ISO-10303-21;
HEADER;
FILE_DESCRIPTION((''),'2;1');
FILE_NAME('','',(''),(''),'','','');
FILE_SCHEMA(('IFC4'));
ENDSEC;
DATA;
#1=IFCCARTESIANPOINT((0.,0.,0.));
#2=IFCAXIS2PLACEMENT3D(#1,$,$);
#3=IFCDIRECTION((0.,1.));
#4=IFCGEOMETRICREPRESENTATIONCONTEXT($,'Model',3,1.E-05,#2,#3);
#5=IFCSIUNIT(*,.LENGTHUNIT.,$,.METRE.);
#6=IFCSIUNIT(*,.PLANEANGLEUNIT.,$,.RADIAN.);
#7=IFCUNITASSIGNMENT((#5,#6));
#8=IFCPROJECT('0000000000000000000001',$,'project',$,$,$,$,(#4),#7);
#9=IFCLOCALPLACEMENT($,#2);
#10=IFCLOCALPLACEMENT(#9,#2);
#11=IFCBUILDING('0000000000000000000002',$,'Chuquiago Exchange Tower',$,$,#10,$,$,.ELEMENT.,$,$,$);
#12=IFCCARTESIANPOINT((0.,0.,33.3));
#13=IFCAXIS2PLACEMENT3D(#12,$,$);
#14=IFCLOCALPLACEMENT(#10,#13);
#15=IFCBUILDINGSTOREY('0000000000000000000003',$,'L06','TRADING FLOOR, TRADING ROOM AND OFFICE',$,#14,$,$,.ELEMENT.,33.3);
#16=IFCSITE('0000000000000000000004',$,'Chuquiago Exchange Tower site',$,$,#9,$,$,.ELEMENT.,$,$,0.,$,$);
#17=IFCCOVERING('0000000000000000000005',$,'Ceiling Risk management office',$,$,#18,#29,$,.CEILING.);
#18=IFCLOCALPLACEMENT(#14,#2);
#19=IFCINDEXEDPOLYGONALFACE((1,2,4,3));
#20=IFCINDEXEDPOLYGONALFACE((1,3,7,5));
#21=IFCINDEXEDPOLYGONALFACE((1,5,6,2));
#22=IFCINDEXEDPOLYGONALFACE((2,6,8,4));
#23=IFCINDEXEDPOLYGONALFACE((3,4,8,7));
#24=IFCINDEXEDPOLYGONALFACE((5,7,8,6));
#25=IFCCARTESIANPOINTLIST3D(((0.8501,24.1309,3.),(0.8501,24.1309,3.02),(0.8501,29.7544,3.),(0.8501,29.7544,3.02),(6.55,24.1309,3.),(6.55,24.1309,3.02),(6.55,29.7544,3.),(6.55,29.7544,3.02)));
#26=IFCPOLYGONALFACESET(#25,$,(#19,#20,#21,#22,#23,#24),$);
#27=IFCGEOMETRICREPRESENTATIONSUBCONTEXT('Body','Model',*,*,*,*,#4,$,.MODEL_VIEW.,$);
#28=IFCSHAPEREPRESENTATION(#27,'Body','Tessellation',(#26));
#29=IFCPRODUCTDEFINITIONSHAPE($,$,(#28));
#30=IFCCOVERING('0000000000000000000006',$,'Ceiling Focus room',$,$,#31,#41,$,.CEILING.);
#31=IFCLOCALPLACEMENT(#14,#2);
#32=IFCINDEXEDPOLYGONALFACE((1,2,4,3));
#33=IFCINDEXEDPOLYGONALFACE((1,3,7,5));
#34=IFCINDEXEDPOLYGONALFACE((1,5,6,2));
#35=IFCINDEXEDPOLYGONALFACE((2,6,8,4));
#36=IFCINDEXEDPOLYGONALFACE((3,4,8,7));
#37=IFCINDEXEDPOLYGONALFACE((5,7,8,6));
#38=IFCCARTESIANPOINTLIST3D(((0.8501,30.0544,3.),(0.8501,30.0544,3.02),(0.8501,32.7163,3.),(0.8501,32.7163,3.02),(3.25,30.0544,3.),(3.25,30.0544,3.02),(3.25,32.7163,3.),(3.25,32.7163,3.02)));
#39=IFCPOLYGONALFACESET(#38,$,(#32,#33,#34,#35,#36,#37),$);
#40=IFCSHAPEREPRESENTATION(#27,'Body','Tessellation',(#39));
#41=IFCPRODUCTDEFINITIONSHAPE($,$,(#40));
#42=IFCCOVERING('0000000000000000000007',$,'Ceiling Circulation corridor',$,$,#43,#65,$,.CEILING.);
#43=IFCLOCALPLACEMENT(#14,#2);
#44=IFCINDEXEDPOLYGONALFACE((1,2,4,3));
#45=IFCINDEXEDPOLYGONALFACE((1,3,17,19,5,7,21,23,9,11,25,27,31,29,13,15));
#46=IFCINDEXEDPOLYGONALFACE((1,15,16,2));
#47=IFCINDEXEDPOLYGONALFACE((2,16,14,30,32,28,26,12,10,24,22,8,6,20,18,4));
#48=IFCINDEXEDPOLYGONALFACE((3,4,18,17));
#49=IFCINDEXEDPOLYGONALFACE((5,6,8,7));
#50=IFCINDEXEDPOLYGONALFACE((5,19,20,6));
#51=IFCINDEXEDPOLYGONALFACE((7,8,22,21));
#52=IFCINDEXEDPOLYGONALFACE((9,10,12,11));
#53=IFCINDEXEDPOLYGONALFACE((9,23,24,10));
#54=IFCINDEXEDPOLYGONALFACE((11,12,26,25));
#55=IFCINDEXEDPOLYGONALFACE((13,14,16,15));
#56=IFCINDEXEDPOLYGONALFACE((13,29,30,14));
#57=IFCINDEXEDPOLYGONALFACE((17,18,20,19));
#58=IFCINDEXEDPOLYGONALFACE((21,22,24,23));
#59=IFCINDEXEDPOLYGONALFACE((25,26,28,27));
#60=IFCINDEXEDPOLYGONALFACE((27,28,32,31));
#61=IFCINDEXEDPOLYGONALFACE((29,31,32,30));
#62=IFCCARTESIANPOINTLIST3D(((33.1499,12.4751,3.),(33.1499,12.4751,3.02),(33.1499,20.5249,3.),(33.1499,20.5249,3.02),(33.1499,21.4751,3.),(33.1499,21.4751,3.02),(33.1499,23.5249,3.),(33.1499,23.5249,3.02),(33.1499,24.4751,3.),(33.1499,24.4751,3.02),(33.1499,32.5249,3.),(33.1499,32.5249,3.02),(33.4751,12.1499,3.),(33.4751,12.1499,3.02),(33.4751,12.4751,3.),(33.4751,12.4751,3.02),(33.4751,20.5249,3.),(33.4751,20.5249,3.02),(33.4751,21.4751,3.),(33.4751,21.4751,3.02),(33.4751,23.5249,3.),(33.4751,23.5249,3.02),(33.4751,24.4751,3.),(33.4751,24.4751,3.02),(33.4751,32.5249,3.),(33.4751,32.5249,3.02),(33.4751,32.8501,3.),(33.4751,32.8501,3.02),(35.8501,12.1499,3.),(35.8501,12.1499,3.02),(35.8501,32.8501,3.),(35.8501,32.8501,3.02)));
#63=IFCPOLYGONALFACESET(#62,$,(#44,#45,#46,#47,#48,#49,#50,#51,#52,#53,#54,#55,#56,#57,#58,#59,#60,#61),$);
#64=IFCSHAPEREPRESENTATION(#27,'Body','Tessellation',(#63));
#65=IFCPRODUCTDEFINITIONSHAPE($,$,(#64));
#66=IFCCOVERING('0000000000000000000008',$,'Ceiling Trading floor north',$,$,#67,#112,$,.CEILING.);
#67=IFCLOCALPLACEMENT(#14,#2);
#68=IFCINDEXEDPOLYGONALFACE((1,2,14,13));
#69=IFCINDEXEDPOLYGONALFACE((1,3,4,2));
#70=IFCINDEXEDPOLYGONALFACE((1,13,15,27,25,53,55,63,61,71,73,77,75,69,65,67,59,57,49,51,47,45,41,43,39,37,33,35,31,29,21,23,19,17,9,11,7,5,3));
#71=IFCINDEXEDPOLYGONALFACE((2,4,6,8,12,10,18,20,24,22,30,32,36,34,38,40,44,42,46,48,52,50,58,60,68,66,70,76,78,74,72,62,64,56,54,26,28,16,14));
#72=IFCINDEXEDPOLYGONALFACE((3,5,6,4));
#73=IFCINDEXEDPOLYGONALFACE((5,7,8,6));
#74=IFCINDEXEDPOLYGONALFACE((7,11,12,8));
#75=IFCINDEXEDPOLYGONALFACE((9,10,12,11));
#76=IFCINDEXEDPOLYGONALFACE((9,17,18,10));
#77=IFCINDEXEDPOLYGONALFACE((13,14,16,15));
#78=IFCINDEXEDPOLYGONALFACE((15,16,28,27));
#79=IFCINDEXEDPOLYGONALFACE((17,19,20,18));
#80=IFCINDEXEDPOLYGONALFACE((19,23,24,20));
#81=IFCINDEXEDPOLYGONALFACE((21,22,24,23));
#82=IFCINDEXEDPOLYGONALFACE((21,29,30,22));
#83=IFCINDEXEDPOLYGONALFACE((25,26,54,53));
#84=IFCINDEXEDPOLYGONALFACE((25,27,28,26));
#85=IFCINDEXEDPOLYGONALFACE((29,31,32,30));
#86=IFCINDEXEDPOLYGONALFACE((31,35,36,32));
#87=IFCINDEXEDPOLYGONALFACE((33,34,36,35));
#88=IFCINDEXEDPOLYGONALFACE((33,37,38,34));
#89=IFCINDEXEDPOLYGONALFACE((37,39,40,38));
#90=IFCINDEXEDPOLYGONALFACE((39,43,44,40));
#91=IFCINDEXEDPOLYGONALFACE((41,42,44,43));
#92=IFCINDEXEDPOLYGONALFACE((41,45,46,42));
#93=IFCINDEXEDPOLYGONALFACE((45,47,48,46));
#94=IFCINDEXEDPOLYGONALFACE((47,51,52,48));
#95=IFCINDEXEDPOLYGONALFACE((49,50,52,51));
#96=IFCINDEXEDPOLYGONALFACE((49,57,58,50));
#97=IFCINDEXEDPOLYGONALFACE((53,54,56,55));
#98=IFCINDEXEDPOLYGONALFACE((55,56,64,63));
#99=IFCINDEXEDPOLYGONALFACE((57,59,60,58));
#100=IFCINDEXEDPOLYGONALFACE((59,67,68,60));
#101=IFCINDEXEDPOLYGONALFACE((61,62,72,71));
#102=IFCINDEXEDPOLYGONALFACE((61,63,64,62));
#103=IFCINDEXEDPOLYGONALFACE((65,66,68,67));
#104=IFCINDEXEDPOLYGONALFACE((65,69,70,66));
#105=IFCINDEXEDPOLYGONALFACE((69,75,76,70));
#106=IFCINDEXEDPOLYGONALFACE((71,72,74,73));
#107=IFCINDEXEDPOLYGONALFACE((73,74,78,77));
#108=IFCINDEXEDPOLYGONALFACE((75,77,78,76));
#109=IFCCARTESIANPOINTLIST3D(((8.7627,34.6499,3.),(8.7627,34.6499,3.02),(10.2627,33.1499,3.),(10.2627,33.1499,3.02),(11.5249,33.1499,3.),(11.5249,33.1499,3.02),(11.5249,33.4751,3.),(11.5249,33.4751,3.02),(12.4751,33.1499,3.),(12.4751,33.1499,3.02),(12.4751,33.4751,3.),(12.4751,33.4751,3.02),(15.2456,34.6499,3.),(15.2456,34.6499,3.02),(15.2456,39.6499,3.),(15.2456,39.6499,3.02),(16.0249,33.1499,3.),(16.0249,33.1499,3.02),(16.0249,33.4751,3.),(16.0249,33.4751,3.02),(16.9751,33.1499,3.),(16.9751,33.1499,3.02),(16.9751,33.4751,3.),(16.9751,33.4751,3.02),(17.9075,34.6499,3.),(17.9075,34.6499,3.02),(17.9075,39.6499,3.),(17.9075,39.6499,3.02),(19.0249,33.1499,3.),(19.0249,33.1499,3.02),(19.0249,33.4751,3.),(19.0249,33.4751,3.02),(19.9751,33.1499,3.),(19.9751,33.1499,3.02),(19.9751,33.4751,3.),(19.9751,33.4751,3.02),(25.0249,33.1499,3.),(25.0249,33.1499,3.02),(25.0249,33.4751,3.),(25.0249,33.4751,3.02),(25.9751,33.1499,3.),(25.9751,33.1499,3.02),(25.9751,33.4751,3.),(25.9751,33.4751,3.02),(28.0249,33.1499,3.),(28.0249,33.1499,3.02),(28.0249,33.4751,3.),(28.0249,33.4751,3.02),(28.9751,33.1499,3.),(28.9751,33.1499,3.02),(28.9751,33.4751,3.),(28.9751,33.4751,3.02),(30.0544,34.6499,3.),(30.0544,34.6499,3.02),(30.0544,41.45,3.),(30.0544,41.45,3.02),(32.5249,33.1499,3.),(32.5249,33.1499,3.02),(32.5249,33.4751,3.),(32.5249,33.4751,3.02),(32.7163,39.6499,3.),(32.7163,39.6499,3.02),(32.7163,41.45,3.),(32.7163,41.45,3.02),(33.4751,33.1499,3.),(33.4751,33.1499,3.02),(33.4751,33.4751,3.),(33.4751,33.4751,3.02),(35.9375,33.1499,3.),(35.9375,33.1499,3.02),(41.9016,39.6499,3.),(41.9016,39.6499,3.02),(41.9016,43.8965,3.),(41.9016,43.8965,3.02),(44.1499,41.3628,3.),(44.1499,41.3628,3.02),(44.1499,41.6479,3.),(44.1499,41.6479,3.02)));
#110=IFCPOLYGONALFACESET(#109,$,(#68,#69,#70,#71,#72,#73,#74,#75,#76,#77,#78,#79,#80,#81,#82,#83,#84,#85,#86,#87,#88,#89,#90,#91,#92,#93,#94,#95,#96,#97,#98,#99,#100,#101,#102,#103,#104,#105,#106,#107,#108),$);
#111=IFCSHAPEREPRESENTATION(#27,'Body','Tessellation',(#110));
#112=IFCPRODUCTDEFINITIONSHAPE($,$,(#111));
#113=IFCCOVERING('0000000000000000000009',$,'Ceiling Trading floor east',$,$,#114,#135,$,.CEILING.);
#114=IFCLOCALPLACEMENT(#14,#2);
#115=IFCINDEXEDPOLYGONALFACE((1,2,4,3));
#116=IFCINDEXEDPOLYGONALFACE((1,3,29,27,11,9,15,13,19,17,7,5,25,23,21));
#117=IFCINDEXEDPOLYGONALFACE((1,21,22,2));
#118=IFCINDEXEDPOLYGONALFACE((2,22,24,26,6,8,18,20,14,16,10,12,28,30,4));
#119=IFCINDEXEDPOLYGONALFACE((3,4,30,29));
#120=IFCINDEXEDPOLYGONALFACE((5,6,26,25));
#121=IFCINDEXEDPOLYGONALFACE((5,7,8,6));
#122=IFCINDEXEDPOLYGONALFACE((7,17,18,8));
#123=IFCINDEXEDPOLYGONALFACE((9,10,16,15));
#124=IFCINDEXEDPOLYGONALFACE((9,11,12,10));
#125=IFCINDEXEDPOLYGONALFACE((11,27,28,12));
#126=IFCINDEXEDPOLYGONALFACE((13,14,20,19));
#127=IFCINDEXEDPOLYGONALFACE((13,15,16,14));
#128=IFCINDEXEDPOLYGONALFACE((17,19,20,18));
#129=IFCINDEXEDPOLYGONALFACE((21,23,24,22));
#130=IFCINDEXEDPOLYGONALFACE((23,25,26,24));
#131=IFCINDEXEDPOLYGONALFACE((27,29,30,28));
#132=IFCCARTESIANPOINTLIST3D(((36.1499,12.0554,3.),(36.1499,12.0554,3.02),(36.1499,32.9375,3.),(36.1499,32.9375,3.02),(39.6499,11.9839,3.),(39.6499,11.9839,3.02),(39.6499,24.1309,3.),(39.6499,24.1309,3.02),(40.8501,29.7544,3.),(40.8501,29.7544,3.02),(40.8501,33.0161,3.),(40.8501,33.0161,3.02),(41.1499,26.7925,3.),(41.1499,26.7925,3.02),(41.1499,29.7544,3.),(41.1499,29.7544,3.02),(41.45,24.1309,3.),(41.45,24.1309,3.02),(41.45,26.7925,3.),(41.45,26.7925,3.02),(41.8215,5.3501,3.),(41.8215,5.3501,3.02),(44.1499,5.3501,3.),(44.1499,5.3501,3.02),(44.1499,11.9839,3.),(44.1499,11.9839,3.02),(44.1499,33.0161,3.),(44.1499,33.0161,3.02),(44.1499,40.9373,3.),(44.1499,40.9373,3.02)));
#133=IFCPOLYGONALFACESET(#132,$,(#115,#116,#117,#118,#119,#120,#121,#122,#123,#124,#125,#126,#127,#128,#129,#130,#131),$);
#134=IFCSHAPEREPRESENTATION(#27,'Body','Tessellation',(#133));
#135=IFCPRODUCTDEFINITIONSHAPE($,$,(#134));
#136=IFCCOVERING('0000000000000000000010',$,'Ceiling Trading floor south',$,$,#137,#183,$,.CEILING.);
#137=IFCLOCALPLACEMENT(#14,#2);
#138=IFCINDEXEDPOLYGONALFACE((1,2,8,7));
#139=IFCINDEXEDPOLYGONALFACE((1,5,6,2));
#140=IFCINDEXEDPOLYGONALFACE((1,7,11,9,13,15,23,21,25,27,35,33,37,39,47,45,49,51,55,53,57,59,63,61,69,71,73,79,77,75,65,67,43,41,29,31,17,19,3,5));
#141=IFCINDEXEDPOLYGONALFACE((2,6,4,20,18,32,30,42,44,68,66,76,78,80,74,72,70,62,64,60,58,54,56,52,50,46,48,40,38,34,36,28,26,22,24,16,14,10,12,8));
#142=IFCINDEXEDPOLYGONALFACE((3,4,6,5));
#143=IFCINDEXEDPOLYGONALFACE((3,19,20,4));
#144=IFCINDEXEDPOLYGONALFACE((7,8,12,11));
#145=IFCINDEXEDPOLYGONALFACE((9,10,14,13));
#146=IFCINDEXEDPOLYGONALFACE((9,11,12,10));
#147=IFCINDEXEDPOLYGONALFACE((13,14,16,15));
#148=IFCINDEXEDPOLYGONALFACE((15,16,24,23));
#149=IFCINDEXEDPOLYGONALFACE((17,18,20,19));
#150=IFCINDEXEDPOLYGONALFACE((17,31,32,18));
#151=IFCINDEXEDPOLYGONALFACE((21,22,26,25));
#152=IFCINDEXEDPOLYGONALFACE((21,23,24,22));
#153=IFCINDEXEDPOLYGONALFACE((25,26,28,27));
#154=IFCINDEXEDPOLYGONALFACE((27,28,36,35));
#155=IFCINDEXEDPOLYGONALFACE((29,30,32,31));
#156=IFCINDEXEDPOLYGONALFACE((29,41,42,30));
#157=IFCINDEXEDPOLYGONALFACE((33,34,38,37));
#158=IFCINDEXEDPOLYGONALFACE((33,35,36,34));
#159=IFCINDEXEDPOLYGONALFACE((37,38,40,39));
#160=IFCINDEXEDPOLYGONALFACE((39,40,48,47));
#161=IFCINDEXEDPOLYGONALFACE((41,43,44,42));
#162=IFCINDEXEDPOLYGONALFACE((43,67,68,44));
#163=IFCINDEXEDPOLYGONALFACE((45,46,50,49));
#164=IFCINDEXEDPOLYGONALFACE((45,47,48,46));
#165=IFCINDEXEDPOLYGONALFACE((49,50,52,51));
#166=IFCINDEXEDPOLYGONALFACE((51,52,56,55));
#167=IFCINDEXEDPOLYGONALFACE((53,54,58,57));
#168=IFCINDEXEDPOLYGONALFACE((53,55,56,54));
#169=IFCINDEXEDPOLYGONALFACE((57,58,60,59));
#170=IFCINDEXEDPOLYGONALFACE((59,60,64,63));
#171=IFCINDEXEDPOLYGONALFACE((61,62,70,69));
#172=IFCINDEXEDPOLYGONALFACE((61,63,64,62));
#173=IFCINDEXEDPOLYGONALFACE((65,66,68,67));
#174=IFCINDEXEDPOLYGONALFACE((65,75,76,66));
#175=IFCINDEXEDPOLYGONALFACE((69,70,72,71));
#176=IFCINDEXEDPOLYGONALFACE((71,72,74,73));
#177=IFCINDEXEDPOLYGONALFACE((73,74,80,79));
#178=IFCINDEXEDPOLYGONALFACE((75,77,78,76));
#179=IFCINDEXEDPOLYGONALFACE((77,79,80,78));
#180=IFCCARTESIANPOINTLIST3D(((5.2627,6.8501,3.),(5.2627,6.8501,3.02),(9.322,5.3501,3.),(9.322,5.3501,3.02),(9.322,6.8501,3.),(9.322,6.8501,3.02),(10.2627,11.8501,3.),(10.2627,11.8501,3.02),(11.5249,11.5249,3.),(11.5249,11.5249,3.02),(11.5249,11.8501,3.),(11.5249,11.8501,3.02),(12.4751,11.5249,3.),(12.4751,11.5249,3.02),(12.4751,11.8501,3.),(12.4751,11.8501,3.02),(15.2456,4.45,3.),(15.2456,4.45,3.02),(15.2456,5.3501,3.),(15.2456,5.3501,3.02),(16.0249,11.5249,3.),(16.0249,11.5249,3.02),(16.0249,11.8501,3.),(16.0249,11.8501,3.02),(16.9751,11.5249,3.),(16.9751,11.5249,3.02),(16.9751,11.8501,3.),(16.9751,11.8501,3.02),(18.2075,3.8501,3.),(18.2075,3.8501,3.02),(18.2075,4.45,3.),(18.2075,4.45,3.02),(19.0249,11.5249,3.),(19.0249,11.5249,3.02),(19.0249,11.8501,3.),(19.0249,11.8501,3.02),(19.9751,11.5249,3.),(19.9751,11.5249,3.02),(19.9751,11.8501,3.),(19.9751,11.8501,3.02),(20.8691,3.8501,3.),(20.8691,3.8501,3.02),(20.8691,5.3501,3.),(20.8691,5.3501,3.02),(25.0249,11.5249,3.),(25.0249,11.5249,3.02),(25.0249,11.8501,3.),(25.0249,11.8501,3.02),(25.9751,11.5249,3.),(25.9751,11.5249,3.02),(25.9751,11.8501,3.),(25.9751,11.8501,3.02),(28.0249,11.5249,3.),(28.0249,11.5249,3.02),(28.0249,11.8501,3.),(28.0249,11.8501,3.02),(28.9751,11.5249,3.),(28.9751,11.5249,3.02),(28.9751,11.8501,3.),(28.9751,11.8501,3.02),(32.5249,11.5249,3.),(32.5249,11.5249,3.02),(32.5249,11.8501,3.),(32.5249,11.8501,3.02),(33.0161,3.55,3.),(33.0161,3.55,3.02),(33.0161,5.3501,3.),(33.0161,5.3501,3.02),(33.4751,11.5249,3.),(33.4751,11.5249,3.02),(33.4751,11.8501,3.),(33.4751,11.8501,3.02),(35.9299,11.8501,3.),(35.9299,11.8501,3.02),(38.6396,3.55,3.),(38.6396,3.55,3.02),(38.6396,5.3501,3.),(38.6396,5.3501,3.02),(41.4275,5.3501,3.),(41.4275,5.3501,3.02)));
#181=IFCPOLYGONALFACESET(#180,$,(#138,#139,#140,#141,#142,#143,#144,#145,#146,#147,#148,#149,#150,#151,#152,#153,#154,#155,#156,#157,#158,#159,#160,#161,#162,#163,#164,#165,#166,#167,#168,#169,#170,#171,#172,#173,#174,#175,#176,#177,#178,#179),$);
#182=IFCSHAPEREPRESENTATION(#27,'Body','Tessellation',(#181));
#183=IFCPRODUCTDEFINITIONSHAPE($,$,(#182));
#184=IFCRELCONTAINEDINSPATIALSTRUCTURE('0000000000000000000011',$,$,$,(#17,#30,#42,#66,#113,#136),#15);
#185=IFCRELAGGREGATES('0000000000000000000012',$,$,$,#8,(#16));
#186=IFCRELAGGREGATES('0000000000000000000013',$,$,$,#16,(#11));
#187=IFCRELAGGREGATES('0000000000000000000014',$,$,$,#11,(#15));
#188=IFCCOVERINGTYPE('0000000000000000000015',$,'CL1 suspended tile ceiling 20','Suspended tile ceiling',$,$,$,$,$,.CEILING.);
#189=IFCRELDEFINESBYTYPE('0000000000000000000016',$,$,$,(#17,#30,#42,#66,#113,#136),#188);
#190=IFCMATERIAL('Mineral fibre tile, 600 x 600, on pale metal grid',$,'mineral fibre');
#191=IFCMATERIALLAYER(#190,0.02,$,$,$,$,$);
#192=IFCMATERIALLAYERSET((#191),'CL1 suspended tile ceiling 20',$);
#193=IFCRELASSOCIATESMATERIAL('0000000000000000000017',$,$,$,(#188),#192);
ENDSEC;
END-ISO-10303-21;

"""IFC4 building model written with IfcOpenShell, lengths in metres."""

from ifc_helpers import new_model, si_unit, direction, frame, origin, place, context, subcontext, project, spatial, polyline, outline, extrude, material, layer, layer_set, type_object, element, save


model = new_model("IFC4")

# Units and contexts
model_context = context("Model", 3, precision=1e-05, world=origin(), true_north=direction((0.0, 1.0)))
body_context = subcontext(model_context, "Body", "Model", "MODEL_VIEW")
ifc_project = project(units=[si_unit("LENGTHUNIT", "METRE"), si_unit("PLANEANGLEUNIT", "RADIAN")], contexts=[model_context])

# Site, building, storey
site_placement = place(None, origin())
site = spatial("IfcSite", under=ifc_project, at=site_placement, Name="Chuquiago Exchange Tower site", CompositionType="ELEMENT", RefElevation=0.0)
building_placement = place(site_placement, origin())
building = spatial("IfcBuilding", under=site, at=building_placement, Name="Chuquiago Exchange Tower", CompositionType="ELEMENT")
storey_placement = place(building_placement, frame((0.0, 0.0, 33.3)))
storey = spatial("IfcBuildingStorey", under=building, at=storey_placement, Name="L06", Description="TRADING FLOOR, TRADING ROOM AND OFFICE", CompositionType="ELEMENT", Elevation=33.3)

# Coverings
ifc_material_1 = material(Name="Mineral fibre tile, 600 x 600, on pale metal grid", Category="mineral fibre")
ifc_layer_1 = layer(ifc_material_1, 0.02)
ifc_layer_set_1 = layer_set([ifc_layer_1], Name="CL1 suspended tile ceiling 20")
covering_type_1 = type_object("IfcCoveringType", Name="CL1 suspended tile ceiling 20", Description="Suspended tile ceiling", PredefinedType="CEILING", material=ifc_layer_set_1)
covering_1_placement = place(storey_placement, frame((0.0, 0.0, 3.0)))
element("IfcCovering", 1, at=covering_1_placement, inside=storey, type_object=covering_type_1, Name="Ceiling Risk management office", PredefinedType="CEILING", context=body_context, shape_type="SweptSolid", body=[
    extrude(outline(polyline([(6.55, 29.7544), (6.55, 24.1309), (0.8501, 24.1309), (0.8501, 29.7544), (6.55, 29.7544)])), origin(), (0.0, 0.0, 1.0), 0.02),
])
covering_2_placement = place(storey_placement, frame((0.0, 0.0, 3.0)))
element("IfcCovering", 2, at=covering_2_placement, inside=storey, type_object=covering_type_1, Name="Ceiling Focus room", PredefinedType="CEILING", context=body_context, shape_type="SweptSolid", body=[
    extrude(outline(polyline([(3.25, 32.7163), (3.25, 30.0544), (0.8501, 30.0544), (0.8501, 32.7163), (3.25, 32.7163)])), origin(), (0.0, 0.0, 1.0), 0.02),
])
covering_3_placement = place(storey_placement, frame((0.0, 0.0, 3.0)))
element("IfcCovering", 3, at=covering_3_placement, inside=storey, type_object=covering_type_1, Name="Ceiling Circulation corridor", PredefinedType="CEILING", context=body_context, shape_type="SweptSolid", body=[
    extrude(outline(polyline([(35.8501, 32.8501), (35.8501, 12.1499), (33.4751, 12.1499), (33.4751, 12.4751), (33.1499, 12.4751), (33.1499, 20.5249), (33.4751, 20.5249), (33.4751, 21.4751), (33.1499, 21.4751), (33.1499, 23.5249), (33.4751, 23.5249), (33.4751, 24.4751), (33.1499, 24.4751), (33.1499, 32.5249), (33.4751, 32.5249), (33.4751, 32.8501), (35.8501, 32.8501)])), origin(), (0.0, 0.0, 1.0), 0.02),
])
covering_4_placement = place(storey_placement, frame((0.0, 0.0, 3.0)))
element("IfcCovering", 4, at=covering_4_placement, inside=storey, type_object=covering_type_1, Name="Ceiling Trading floor north", PredefinedType="CEILING", context=body_context, shape_type="SweptSolid", body=[
    extrude(outline(polyline([(15.2456, 39.6499), (17.9075, 39.6499), (17.9075, 34.6499), (30.0544, 34.6499), (30.0544, 41.45), (32.7163, 41.45), (32.7163, 39.6499), (41.9016, 39.6499), (41.9016, 43.8965), (44.1499, 41.6479), (44.1499, 41.3628), (35.9375, 33.1499), (33.4751, 33.1499), (33.4751, 33.4751), (32.5249, 33.4751), (32.5249, 33.1499), (28.9751, 33.1499), (28.9751, 33.4751), (28.0249, 33.4751), (28.0249, 33.1499), (25.9751, 33.1499), (25.9751, 33.4751), (25.0249, 33.4751), (25.0249, 33.1499), (19.9751, 33.1499), (19.9751, 33.4751), (19.0249, 33.4751), (19.0249, 33.1499), (16.9751, 33.1499), (16.9751, 33.4751), (16.0249, 33.4751), (16.0249, 33.1499), (12.4751, 33.1499), (12.4751, 33.4751), (11.5249, 33.4751), (11.5249, 33.1499), (10.2627, 33.1499), (8.7627, 34.6499), (15.2456, 34.6499), (15.2456, 39.6499)])), origin(), (0.0, 0.0, 1.0), 0.02),
])
covering_5_placement = place(storey_placement, frame((0.0, 0.0, 3.0)))
element("IfcCovering", 5, at=covering_5_placement, inside=storey, type_object=covering_type_1, Name="Ceiling Trading floor east", PredefinedType="CEILING", context=body_context, shape_type="SweptSolid", body=[
    extrude(outline(polyline([(40.8501, 33.0161), (40.8501, 29.7544), (41.1499, 29.7544), (41.1499, 26.7925), (41.45, 26.7925), (41.45, 24.1309), (39.6499, 24.1309), (39.6499, 11.9839), (44.1499, 11.9839), (44.1499, 5.3501), (41.8215, 5.3501), (36.1499, 12.0554), (36.1499, 32.9375), (44.1499, 40.9373), (44.1499, 33.0161), (40.8501, 33.0161)])), origin(), (0.0, 0.0, 1.0), 0.02),
])
covering_6_placement = place(storey_placement, frame((0.0, 0.0, 3.0)))
element("IfcCovering", 6, at=covering_6_placement, inside=storey, type_object=covering_type_1, Name="Ceiling Trading floor south", PredefinedType="CEILING", context=body_context, shape_type="SweptSolid", body=[
    extrude(outline(polyline([(38.6396, 3.55), (33.0161, 3.55), (33.0161, 5.3501), (20.8691, 5.3501), (20.8691, 3.8501), (18.2075, 3.8501), (18.2075, 4.45), (15.2456, 4.45), (15.2456, 5.3501), (9.322, 5.3501), (9.322, 6.8501), (5.2627, 6.8501), (10.2627, 11.8501), (11.5249, 11.8501), (11.5249, 11.5249), (12.4751, 11.5249), (12.4751, 11.8501), (16.0249, 11.8501), (16.0249, 11.5249), (16.9751, 11.5249), (16.9751, 11.8501), (19.0249, 11.8501), (19.0249, 11.5249), (19.9751, 11.5249), (19.9751, 11.8501), (25.0249, 11.8501), (25.0249, 11.5249), (25.9751, 11.5249), (25.9751, 11.8501), (28.0249, 11.8501), (28.0249, 11.5249), (28.9751, 11.5249), (28.9751, 11.8501), (32.5249, 11.8501), (32.5249, 11.5249), (33.4751, 11.5249), (33.4751, 11.8501), (35.9299, 11.8501), (41.4275, 5.3501), (38.6396, 5.3501), (38.6396, 3.55)])), origin(), (0.0, 0.0, 1.0), 0.02),
])

save(model, "model.ifc")
